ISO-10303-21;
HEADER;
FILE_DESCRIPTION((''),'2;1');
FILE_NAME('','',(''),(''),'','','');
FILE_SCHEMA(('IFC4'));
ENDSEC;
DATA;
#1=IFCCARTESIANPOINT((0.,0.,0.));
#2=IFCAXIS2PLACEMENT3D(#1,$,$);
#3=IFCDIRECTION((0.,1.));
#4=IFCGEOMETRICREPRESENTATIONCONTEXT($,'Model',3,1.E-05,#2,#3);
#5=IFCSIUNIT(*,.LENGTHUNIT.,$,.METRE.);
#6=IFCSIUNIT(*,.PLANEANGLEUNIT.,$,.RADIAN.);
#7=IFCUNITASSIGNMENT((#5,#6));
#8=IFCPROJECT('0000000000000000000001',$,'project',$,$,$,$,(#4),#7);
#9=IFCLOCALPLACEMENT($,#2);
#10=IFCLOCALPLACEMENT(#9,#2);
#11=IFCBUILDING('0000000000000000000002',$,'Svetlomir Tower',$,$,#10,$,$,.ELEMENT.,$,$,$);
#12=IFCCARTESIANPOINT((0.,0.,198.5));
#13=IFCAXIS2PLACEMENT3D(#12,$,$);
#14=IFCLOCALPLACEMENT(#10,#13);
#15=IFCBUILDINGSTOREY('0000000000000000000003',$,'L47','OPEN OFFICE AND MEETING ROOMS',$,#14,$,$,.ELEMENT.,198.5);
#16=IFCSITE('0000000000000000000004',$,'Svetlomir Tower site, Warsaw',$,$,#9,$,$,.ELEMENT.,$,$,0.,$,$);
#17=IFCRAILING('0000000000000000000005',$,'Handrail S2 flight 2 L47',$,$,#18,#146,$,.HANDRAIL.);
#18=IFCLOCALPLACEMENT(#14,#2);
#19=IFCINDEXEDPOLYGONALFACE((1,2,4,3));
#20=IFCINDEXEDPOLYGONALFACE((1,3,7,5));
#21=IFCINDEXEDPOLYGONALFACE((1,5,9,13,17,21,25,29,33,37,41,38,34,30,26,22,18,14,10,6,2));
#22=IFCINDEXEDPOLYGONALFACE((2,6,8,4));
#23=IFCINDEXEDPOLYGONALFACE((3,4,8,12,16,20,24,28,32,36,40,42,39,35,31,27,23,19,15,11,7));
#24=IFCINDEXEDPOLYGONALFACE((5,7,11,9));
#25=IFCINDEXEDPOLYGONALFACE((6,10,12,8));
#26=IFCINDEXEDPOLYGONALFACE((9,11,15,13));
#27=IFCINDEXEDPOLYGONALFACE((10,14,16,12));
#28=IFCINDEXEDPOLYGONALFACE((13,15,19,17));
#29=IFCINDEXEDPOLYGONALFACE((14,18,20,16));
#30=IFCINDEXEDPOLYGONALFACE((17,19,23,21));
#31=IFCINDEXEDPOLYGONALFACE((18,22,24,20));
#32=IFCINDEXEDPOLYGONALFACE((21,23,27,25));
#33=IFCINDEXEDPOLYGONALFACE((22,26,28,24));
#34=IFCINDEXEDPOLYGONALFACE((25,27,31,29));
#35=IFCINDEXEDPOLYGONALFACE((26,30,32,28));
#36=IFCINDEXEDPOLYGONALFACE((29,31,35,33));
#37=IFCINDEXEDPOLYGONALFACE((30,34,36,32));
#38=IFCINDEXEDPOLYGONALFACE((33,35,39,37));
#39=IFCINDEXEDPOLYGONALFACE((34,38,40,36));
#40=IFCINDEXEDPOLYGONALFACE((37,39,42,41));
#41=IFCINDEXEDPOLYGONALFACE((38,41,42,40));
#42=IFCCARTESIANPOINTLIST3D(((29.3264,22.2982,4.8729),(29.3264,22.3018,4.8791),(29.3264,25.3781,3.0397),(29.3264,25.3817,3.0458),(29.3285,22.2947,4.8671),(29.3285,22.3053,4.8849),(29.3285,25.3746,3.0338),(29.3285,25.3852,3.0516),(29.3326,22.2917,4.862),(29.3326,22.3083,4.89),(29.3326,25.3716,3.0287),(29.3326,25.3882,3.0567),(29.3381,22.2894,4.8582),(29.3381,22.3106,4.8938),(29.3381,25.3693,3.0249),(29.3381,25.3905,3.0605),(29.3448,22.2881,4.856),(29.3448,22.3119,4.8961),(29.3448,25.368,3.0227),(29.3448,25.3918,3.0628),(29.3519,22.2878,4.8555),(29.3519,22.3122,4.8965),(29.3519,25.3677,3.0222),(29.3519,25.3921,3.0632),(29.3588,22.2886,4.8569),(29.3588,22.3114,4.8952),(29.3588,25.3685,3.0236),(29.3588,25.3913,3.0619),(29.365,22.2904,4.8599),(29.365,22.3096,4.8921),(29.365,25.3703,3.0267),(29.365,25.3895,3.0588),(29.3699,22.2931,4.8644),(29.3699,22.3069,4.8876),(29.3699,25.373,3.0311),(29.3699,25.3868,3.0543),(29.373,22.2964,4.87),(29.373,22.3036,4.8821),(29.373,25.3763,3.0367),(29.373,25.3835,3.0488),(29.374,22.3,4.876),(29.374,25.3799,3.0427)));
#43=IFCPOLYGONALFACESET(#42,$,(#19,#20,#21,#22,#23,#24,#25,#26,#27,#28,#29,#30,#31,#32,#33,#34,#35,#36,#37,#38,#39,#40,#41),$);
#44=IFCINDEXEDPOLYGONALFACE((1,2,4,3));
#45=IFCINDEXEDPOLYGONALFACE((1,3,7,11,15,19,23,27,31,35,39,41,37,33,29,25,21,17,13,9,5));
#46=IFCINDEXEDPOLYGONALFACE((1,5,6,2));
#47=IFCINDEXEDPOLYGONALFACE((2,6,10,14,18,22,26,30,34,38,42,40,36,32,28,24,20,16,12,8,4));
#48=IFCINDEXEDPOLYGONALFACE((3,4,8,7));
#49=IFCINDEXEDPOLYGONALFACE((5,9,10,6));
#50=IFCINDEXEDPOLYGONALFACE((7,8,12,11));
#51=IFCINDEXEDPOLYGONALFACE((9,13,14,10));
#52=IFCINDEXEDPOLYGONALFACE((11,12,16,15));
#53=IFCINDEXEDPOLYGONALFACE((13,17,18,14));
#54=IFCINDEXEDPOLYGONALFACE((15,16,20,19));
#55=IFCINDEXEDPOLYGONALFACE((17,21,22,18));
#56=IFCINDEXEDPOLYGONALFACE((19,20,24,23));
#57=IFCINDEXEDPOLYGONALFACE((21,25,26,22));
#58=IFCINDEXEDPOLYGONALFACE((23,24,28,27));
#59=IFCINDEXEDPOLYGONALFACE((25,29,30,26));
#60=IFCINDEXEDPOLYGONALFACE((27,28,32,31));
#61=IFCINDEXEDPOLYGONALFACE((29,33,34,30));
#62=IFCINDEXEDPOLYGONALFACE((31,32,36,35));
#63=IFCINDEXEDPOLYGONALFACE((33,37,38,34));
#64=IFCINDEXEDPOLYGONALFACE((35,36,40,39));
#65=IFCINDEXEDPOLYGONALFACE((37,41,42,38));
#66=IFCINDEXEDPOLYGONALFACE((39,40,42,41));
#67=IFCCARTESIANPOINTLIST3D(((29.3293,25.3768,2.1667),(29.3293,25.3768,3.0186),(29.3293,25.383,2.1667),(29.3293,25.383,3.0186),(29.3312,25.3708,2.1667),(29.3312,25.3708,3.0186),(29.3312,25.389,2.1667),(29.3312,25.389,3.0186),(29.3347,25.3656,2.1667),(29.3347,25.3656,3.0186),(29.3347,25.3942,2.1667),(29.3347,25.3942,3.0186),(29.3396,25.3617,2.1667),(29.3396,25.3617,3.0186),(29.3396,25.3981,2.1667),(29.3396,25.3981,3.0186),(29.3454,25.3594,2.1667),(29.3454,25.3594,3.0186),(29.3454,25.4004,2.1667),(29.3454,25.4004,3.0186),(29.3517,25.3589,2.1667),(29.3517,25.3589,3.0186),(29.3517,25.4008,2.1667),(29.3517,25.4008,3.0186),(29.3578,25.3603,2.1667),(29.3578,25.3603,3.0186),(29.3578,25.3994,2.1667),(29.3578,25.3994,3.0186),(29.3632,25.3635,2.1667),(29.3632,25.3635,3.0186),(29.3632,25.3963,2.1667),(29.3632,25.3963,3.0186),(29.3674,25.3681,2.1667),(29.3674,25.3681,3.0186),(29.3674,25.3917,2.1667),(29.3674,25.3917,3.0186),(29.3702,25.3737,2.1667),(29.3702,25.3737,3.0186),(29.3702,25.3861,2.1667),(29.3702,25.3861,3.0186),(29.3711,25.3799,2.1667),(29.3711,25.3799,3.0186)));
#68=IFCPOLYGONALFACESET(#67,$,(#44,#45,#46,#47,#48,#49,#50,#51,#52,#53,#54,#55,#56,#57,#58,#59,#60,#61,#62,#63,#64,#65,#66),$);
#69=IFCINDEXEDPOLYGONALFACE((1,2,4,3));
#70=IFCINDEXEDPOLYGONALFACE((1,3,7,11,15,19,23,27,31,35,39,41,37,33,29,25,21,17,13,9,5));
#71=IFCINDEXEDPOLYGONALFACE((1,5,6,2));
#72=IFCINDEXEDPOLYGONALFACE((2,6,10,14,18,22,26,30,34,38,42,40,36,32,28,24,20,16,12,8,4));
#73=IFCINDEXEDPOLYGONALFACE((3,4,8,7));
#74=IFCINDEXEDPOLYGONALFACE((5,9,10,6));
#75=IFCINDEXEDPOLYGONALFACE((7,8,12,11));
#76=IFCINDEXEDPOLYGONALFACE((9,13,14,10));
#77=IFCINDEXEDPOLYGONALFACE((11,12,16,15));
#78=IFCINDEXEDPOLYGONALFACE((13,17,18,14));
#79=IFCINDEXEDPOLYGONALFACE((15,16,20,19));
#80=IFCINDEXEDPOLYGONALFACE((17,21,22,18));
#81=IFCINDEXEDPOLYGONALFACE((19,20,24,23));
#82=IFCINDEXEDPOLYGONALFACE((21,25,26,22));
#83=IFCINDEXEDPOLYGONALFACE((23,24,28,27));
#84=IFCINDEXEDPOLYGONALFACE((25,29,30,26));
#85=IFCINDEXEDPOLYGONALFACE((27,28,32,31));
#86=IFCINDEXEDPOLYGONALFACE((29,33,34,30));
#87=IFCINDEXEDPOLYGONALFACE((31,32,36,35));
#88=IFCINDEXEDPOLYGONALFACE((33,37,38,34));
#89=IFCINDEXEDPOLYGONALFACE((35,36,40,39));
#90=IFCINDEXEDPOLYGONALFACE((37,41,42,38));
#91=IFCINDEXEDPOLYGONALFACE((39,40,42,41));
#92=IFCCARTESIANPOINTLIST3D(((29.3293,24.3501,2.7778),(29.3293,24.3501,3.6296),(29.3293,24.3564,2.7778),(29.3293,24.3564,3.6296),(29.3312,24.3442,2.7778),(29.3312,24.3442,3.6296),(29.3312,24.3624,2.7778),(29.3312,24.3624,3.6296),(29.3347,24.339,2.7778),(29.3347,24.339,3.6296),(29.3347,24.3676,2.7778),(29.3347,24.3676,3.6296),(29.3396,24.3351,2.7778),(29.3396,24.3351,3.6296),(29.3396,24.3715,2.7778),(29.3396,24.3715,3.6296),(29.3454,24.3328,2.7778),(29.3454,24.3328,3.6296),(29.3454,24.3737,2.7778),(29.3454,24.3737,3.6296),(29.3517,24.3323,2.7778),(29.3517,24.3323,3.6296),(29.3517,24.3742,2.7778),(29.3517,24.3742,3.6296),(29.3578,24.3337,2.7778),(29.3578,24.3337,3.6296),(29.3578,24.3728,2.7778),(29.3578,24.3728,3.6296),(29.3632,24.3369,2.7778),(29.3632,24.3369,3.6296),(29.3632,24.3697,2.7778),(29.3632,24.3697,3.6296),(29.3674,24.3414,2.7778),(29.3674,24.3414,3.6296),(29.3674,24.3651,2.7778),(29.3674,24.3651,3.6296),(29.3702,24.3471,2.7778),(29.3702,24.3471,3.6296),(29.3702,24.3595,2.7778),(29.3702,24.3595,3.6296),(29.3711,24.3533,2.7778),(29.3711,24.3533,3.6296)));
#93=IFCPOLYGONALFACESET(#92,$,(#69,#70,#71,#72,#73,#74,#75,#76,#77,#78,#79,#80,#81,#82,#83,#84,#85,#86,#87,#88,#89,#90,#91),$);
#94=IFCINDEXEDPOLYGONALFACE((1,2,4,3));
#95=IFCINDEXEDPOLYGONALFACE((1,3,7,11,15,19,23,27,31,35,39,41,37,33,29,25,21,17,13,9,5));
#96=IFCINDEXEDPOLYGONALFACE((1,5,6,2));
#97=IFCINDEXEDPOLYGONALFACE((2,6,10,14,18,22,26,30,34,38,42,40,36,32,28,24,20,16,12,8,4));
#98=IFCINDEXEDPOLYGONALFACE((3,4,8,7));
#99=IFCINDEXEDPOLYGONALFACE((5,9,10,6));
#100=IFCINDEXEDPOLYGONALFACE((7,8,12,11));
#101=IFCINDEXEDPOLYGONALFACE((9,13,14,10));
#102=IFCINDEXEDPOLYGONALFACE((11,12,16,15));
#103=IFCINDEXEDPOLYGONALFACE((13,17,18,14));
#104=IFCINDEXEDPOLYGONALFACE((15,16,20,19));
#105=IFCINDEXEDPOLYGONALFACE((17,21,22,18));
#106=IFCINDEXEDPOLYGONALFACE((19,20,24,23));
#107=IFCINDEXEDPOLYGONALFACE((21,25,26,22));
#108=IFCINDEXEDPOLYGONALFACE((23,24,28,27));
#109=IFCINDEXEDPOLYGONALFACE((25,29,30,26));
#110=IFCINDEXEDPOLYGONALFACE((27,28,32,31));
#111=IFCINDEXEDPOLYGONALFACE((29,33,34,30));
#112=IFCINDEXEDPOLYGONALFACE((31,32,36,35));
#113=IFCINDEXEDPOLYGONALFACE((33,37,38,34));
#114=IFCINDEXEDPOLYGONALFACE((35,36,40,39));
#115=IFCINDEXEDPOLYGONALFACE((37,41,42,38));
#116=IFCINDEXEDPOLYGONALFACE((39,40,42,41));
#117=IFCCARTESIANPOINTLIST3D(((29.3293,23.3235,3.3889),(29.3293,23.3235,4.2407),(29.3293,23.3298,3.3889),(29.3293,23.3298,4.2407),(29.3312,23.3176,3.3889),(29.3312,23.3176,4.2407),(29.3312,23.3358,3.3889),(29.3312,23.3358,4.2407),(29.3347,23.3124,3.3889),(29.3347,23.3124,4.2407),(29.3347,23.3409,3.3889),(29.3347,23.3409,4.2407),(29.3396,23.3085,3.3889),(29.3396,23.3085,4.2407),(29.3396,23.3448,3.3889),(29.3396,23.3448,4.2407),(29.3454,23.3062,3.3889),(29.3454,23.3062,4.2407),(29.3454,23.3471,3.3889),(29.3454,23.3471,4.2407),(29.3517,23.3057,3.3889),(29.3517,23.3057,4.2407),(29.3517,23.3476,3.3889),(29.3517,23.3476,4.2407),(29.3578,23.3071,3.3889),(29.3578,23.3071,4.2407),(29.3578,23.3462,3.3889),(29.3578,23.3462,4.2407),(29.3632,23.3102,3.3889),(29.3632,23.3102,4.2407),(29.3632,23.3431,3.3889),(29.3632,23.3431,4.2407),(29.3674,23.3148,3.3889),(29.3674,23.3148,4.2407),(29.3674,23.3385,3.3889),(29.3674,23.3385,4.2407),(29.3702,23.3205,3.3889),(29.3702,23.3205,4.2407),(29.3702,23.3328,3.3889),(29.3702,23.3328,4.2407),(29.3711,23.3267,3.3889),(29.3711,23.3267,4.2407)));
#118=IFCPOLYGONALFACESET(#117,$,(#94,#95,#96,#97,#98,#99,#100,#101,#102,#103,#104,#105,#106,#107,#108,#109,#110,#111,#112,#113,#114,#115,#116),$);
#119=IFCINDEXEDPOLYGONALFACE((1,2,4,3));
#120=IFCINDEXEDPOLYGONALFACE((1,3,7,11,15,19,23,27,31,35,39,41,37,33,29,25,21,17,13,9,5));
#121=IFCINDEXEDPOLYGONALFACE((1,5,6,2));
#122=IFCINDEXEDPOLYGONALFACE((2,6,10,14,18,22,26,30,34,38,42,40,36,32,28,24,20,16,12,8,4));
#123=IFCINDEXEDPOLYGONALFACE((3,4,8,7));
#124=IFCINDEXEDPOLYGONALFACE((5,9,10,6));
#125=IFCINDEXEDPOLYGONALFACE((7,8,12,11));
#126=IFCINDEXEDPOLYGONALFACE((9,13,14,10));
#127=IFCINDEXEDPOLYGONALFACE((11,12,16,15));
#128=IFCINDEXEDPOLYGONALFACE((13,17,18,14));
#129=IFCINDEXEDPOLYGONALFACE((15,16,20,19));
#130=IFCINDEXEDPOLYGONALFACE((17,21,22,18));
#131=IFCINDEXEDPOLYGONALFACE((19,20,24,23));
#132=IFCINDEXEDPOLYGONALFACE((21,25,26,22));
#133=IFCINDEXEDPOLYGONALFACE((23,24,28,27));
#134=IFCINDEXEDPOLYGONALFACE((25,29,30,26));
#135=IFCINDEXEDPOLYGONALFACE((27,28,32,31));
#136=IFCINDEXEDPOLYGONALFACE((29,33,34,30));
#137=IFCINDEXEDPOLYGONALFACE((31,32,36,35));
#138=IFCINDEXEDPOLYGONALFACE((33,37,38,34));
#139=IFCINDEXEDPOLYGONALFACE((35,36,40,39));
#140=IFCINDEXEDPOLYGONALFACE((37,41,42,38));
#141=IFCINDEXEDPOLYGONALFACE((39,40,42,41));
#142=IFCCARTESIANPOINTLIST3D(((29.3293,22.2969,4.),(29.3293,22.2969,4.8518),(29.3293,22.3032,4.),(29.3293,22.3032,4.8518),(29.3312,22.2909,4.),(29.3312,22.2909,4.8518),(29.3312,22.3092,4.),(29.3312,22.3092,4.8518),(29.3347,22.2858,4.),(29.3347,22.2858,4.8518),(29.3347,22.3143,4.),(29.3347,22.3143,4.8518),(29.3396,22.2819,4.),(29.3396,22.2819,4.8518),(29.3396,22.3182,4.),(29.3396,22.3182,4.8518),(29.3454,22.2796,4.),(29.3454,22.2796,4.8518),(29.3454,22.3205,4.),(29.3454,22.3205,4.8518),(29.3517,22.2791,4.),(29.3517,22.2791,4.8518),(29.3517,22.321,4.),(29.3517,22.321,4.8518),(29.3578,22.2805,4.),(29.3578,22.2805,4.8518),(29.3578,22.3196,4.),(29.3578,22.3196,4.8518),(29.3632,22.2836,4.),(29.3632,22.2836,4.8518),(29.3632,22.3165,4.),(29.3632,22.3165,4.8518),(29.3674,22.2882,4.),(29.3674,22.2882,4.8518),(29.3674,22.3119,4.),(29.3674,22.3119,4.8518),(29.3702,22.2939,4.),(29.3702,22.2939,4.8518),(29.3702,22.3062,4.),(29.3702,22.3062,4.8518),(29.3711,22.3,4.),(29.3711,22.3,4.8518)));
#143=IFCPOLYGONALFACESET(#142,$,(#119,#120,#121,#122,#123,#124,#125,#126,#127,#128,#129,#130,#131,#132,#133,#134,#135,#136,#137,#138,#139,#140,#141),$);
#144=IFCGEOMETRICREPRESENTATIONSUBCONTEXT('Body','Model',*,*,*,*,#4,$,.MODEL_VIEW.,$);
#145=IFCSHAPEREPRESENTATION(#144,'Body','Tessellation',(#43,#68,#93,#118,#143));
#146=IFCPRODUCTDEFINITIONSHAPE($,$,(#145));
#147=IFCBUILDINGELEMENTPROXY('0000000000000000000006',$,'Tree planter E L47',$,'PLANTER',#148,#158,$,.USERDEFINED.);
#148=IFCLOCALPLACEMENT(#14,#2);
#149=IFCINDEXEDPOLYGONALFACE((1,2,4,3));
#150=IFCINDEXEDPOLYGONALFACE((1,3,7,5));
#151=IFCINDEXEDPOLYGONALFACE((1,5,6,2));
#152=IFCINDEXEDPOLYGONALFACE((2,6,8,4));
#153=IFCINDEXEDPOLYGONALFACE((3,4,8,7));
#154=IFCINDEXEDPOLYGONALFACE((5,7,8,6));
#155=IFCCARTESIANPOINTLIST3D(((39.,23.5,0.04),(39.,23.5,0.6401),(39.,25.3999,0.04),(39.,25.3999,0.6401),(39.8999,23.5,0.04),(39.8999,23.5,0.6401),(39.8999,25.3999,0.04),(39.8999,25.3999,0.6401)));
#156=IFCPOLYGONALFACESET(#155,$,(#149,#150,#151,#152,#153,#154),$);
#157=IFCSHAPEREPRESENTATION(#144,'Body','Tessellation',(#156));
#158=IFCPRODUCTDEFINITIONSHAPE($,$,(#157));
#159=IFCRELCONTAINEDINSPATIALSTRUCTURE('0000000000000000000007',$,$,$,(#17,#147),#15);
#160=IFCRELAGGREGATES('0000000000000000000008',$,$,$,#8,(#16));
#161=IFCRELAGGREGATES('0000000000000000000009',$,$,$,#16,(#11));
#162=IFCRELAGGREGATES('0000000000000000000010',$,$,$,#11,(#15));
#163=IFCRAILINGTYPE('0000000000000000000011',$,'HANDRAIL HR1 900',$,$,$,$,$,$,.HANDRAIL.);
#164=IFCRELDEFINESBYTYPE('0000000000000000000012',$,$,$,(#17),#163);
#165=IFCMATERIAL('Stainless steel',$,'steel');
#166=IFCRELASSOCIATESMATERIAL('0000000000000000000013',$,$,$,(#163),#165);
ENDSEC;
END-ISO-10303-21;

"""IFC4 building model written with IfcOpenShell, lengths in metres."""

from ifc_helpers import new_model, si_unit, direction, frame, origin, origin_2d, place, context, subcontext, project, spatial, rectangle, circle, extrude, material, type_object, element, save


model = new_model("IFC4")

# Units and contexts
model_context = context("Model", 3, precision=1e-05, world=origin(), true_north=direction((0.0, 1.0)))
body_context = subcontext(model_context, "Body", "Model", "MODEL_VIEW")
ifc_project = project(units=[si_unit("LENGTHUNIT", "METRE"), si_unit("PLANEANGLEUNIT", "RADIAN")], contexts=[model_context])

# Site, building, storey
site_placement = place(None, origin())
site = spatial("IfcSite", under=ifc_project, at=site_placement, Name="Svetlomir Tower site, Warsaw", CompositionType="ELEMENT", RefElevation=0.0)
building_placement = place(site_placement, origin())
building = spatial("IfcBuilding", under=site, at=building_placement, Name="Svetlomir Tower", CompositionType="ELEMENT")
storey_placement = place(building_placement, frame((0.0, 0.0, 198.5)))
storey = spatial("IfcBuildingStorey", under=building, at=storey_placement, Name="L47", Description="OPEN OFFICE AND MEETING ROOMS", CompositionType="ELEMENT", Elevation=198.5)

# Railing
ifc_material_1 = material(Name="Stainless steel", Category="steel")
railing_type_1 = type_object("IfcRailingType", Name="HANDRAIL HR1 900", PredefinedType="HANDRAIL", material=ifc_material_1)
railing_1_placement = place(storey_placement, frame((29.3501, 25.3799, 2.1667)))
element("IfcRailing", 1, at=railing_1_placement, inside=storey, type_object=railing_type_1, Name="Handrail S2 flight 2 L47", PredefinedType="HANDRAIL", context=body_context, shape_type="SweptSolid", body=[
    extrude(circle(Radius=0.0239, at=origin_2d()), frame((0.0, 0.0, 0.876), z_axis=(0.0, -0.859291, 0.511487), x_axis=(1.0, 0.0, 0.0)), (0.0, 0.0, 1.0), 3.5842),
    extrude(circle(Radius=0.021, at=origin_2d()), origin(), (0.0, 0.0, 1.0), 0.8518),
    extrude(circle(Radius=0.021, at=origin_2d()), frame((0.0, -1.0266, 0.6111)), (0.0, 0.0, 1.0), 0.8518),
    extrude(circle(Radius=0.021, at=origin_2d()), frame((0.0, -2.0532, 1.2222)), (0.0, 0.0, 1.0), 0.8518),
    extrude(circle(Radius=0.021, at=origin_2d()), frame((0.0, -3.0798, 1.8333)), (0.0, 0.0, 1.0), 0.8518),
])

# Building element proxy
proxy_placement = place(storey_placement, frame((39.45, 24.45, 0.04), z_axis=(0.0, 0.0, 1.0), x_axis=(1.0, 0.0, 0.0)))
element("IfcBuildingElementProxy", 2, at=proxy_placement, inside=storey, Name="Tree planter E L47", ObjectType="PLANTER", PredefinedType="USERDEFINED", context=body_context, shape_type="SweptSolid", body=[
    extrude(rectangle(XDim=0.8999, YDim=1.8999, at=origin_2d()), origin(), (0.0, 0.0, 1.0), 0.6001),
])

save(model, "model.ifc")
